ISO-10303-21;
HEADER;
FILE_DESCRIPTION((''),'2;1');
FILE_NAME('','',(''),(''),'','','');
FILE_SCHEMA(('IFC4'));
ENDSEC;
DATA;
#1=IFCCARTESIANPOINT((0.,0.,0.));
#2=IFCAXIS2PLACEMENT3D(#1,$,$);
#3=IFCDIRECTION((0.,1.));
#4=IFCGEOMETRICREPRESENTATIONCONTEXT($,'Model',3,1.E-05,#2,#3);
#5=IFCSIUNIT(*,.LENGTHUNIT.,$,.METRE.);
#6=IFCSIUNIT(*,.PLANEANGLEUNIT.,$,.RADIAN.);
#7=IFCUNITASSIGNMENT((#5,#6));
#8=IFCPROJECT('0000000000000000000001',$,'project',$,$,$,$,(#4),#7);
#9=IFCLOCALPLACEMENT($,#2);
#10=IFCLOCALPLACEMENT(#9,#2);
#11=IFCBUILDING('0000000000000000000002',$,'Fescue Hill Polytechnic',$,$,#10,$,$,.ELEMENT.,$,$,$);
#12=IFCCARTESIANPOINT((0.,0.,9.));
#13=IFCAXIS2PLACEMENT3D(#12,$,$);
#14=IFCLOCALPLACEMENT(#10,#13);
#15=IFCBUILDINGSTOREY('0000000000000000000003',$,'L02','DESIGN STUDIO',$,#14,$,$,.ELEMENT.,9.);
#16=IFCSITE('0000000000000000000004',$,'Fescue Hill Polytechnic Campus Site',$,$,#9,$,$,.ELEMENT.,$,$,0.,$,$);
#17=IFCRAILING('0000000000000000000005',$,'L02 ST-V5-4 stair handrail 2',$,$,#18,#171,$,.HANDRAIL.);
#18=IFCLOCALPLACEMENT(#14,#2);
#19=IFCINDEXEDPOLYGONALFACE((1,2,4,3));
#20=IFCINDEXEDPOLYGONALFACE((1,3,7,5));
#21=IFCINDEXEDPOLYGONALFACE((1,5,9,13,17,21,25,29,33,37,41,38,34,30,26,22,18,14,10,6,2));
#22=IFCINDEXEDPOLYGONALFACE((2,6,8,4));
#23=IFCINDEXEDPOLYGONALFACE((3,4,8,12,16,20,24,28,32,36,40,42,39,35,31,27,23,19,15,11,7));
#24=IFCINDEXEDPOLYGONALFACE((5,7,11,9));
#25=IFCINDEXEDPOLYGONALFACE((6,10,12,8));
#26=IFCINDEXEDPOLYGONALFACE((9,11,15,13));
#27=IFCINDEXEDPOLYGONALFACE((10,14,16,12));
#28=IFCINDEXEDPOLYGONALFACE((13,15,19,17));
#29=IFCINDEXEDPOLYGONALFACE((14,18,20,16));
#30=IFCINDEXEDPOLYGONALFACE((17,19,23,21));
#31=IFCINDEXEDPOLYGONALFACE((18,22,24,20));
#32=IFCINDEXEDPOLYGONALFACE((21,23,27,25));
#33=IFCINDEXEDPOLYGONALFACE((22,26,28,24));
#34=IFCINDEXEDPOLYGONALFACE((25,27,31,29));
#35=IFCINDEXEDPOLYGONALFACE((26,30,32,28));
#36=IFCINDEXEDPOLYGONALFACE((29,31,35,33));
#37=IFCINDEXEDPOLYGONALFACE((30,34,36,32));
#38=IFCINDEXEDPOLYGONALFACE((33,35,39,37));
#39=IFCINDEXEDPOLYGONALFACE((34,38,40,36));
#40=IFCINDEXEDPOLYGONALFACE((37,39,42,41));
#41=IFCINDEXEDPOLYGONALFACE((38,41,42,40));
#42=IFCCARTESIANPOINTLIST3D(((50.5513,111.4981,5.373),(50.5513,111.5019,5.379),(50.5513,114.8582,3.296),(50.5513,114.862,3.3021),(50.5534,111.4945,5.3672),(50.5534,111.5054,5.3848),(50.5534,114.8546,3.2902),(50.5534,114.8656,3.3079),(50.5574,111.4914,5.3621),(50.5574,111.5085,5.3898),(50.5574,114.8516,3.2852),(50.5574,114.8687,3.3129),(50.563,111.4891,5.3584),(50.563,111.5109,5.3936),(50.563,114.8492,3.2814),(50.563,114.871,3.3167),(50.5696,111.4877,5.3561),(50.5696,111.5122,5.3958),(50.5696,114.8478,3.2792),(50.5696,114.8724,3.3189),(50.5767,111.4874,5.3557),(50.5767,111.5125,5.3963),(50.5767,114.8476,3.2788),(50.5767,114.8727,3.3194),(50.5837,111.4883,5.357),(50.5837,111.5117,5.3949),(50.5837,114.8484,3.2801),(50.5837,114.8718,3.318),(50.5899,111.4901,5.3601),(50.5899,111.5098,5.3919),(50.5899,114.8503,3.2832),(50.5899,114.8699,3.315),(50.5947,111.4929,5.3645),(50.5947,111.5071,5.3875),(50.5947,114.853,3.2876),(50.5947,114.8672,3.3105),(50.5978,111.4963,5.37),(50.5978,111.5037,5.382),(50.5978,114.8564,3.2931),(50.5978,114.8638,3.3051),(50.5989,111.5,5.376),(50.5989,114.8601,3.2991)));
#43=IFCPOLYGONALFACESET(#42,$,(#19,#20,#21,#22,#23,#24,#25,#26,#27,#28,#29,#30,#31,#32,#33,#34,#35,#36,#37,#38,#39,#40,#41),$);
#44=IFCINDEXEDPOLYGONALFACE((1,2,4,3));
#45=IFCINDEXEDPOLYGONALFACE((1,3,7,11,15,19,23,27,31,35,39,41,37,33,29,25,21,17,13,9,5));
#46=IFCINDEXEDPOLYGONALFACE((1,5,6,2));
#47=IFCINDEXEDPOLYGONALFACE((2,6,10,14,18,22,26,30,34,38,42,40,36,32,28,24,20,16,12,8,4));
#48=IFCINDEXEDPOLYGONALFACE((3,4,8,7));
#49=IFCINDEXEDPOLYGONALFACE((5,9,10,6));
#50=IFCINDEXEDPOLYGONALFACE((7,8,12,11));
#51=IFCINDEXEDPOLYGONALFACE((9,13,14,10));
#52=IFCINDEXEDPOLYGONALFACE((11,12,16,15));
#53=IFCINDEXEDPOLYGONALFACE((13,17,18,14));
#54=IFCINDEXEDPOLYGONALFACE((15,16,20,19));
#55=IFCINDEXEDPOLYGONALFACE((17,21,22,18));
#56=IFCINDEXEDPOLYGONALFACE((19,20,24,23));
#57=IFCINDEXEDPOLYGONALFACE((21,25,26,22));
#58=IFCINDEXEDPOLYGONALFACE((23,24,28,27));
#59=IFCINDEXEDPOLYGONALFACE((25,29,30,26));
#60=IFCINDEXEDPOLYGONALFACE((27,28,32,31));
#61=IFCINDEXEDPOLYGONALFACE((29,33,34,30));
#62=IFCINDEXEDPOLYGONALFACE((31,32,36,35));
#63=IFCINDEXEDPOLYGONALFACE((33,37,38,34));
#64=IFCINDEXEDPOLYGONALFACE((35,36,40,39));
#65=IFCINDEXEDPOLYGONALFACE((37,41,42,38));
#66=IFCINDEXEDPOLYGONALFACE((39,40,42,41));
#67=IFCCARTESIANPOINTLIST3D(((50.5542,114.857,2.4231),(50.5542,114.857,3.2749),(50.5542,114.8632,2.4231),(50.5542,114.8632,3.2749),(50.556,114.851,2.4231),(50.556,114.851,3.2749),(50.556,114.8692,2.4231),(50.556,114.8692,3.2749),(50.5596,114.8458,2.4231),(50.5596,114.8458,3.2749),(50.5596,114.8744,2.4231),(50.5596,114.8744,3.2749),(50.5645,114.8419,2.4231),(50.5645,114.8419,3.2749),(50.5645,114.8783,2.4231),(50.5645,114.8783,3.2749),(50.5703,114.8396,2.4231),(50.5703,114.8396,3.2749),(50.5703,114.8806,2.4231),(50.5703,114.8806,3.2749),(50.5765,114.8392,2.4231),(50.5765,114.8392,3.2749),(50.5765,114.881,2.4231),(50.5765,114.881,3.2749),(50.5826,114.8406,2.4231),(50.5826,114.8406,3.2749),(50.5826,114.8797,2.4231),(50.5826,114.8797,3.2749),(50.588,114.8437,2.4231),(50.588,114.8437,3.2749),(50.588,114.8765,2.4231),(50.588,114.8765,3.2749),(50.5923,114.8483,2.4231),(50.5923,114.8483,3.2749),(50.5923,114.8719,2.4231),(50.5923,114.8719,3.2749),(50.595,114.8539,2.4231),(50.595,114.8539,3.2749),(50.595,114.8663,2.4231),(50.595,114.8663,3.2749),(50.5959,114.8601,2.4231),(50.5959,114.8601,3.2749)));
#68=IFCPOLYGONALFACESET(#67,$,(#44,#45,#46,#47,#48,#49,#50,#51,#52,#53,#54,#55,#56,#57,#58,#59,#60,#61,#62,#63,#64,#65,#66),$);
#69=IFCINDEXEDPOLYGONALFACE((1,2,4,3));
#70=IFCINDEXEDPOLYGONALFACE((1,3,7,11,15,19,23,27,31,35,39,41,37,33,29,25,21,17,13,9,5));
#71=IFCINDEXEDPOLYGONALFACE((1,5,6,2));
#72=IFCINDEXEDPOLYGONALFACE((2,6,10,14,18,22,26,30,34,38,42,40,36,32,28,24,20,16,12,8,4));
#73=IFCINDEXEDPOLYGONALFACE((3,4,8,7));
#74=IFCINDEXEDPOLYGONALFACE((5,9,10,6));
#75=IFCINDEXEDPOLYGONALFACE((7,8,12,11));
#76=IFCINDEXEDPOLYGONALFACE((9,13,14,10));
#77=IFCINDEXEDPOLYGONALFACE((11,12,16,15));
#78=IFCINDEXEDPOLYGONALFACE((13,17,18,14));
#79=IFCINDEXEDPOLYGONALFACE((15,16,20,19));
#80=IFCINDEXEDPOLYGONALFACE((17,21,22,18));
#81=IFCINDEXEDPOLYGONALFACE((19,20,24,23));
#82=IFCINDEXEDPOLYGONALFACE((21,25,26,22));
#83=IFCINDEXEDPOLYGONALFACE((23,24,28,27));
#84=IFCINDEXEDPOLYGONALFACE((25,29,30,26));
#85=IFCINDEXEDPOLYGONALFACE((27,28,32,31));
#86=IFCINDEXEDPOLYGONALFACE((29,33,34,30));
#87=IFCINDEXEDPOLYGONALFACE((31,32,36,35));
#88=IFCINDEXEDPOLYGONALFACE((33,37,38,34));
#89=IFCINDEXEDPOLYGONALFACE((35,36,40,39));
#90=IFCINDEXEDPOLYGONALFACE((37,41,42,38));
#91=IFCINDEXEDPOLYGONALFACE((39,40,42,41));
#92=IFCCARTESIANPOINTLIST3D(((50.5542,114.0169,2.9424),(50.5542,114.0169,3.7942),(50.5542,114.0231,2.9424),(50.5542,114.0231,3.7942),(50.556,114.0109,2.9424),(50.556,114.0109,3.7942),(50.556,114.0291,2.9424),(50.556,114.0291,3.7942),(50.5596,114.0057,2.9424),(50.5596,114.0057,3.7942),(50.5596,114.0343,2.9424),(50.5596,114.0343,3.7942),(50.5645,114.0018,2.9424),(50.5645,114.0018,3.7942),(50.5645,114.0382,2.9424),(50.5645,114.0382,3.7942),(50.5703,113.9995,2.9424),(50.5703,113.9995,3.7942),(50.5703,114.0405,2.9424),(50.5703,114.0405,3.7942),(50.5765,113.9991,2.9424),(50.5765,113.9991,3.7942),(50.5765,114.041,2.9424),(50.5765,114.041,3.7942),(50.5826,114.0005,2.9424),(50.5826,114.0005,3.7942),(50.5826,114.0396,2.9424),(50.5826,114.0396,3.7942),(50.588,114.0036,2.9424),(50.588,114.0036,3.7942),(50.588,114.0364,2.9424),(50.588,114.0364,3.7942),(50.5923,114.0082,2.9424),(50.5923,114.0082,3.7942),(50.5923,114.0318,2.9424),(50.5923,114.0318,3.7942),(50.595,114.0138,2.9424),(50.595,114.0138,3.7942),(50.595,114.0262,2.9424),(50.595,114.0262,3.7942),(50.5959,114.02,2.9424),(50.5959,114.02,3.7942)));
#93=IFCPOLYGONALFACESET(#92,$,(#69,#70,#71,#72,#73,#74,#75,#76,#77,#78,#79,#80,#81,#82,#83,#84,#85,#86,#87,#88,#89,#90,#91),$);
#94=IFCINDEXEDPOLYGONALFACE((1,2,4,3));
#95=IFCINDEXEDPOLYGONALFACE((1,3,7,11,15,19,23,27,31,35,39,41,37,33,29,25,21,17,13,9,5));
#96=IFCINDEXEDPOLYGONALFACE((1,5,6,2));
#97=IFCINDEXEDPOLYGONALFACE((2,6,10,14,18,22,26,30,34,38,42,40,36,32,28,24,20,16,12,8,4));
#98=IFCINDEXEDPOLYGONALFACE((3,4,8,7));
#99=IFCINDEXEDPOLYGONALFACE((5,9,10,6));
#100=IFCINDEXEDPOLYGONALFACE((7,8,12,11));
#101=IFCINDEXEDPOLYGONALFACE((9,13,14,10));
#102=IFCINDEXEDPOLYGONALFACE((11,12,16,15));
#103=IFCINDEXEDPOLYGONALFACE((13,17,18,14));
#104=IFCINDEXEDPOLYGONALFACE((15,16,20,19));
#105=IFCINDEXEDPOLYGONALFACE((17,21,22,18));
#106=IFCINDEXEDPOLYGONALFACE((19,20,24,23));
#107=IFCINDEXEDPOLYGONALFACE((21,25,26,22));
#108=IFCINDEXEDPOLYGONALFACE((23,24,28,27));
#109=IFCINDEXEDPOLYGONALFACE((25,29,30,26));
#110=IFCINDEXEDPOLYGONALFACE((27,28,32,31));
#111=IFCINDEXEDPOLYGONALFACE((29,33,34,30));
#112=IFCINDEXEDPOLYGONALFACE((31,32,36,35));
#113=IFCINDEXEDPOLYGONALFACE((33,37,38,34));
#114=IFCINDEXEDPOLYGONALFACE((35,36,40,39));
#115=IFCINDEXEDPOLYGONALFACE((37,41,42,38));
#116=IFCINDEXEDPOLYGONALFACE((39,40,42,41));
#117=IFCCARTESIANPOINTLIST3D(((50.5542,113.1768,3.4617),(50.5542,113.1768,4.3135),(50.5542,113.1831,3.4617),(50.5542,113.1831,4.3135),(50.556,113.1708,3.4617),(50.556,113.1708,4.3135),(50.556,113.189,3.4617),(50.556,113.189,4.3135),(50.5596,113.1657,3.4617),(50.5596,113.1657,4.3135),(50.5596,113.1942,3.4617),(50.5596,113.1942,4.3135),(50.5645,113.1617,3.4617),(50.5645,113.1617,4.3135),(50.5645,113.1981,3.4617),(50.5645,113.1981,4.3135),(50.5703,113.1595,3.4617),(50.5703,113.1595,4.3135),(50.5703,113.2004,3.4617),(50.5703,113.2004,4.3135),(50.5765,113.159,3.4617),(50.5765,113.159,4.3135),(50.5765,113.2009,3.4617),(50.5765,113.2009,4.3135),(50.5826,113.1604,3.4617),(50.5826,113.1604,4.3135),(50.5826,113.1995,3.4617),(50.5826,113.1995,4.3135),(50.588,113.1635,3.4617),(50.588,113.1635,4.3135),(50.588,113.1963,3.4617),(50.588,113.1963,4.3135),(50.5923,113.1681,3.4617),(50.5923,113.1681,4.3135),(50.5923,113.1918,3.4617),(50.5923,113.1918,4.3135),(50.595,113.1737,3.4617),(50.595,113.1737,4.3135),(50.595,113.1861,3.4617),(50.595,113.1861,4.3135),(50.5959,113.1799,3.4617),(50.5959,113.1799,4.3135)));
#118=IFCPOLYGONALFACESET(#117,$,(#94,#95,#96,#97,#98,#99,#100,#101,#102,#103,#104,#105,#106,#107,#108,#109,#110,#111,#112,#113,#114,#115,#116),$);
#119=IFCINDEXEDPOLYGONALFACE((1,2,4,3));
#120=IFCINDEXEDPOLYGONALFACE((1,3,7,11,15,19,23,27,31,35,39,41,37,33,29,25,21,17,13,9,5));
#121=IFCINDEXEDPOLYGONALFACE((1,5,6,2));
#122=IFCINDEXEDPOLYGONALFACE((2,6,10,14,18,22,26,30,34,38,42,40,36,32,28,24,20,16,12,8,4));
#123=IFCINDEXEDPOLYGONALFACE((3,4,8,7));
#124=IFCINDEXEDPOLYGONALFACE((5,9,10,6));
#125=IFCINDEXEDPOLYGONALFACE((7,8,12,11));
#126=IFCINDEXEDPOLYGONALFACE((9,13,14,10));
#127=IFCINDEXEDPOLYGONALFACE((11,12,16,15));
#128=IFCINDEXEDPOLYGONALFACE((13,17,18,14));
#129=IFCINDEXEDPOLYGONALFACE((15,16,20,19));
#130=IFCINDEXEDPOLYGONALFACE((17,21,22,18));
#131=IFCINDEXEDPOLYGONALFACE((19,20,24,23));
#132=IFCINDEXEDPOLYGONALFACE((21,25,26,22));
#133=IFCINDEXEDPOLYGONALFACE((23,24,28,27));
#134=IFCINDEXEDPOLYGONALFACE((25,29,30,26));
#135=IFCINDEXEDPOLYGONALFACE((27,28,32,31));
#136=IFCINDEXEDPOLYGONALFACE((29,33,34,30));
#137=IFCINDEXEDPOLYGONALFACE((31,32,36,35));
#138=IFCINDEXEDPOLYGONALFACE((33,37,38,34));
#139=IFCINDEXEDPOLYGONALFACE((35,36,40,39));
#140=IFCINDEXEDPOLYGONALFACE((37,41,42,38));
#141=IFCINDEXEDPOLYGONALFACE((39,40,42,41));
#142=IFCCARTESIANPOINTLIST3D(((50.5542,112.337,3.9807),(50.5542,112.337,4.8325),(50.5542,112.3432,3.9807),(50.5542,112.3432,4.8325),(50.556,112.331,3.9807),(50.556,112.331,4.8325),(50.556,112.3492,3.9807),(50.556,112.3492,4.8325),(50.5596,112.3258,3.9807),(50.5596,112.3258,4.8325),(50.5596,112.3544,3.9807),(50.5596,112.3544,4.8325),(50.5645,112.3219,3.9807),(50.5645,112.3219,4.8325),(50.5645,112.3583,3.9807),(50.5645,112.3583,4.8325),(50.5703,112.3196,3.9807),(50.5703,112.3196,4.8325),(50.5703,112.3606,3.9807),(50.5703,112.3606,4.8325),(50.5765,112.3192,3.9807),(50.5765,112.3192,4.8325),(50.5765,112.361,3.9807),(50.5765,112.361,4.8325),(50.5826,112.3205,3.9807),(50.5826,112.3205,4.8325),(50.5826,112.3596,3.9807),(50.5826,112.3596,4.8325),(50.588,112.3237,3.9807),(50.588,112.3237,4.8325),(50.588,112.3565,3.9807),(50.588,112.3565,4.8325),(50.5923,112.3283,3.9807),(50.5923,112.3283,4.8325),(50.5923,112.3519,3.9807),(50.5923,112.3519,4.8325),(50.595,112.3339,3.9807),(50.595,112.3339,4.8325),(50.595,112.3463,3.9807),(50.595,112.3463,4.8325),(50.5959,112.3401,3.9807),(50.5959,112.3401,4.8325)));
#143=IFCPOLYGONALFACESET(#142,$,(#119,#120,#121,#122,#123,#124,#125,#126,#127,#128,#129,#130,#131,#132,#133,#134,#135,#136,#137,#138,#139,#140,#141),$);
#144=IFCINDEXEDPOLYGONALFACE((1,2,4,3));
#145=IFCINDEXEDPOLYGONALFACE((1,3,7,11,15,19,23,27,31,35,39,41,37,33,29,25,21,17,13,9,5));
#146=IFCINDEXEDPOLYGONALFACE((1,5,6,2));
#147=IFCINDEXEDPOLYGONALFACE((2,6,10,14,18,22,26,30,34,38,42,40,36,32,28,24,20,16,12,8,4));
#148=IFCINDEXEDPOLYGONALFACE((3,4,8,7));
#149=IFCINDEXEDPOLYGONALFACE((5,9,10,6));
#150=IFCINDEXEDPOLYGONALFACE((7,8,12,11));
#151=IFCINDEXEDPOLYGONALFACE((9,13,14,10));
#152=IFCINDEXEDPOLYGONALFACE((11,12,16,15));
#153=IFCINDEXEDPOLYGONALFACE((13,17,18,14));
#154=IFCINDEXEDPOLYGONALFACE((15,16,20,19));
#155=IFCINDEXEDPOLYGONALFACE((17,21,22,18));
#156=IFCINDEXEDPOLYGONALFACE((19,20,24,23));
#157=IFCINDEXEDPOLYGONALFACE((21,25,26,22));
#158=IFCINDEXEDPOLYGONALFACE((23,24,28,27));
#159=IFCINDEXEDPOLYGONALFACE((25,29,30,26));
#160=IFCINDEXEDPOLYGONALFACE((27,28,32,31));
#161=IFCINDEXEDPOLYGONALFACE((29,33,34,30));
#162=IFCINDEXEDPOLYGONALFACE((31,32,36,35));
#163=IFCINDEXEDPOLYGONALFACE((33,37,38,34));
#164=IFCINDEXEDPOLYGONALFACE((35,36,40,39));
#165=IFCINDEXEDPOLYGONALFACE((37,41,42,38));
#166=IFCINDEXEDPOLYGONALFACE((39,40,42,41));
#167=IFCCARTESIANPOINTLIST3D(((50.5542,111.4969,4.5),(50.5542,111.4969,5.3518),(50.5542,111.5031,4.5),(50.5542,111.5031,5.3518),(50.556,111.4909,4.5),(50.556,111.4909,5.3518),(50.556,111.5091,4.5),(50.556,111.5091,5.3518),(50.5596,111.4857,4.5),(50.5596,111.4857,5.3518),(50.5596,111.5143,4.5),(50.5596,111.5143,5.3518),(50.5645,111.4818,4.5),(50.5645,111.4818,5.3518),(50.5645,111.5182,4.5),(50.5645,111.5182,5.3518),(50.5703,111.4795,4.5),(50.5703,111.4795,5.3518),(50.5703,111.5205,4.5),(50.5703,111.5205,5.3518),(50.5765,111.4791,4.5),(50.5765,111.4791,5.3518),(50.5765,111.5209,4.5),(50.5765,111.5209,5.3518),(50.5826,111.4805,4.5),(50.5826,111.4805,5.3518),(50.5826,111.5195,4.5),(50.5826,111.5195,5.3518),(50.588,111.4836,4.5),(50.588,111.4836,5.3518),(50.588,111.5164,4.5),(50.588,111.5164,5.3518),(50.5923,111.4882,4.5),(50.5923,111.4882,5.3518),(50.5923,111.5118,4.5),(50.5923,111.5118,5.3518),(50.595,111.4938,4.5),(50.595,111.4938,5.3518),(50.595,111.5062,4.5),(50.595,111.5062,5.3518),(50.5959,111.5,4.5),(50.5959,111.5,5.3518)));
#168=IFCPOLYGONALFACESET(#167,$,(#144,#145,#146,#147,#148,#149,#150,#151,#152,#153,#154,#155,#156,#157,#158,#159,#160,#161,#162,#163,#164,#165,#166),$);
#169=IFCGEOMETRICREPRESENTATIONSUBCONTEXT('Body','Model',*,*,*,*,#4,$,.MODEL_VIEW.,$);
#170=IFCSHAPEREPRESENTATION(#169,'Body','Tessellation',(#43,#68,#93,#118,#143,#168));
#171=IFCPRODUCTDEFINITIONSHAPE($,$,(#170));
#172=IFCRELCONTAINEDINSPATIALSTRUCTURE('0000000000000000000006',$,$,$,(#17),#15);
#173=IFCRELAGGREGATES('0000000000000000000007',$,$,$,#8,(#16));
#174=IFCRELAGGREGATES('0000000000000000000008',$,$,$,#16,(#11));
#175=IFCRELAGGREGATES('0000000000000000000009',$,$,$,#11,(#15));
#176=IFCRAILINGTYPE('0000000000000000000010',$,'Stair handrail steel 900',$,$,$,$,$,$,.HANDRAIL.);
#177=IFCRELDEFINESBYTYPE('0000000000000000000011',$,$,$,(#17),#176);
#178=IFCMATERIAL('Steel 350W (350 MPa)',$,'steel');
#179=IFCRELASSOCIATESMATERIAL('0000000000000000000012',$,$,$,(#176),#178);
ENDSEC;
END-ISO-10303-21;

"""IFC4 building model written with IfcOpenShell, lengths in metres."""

from ifc_helpers import new_model, si_unit, direction, frame, origin, origin_2d, place, context, subcontext, project, spatial, circle, extrude, material, type_object, element, save


model = new_model("IFC4")

# Units and contexts
model_context = context("Model", 3, precision=1e-05, world=origin(), true_north=direction((0.0, 1.0)))
body_context = subcontext(model_context, "Body", "Model", "MODEL_VIEW")
ifc_project = project(units=[si_unit("LENGTHUNIT", "METRE"), si_unit("PLANEANGLEUNIT", "RADIAN")], contexts=[model_context])

# Site, building, storey
site_placement = place(None, origin())
site = spatial("IfcSite", under=ifc_project, at=site_placement, Name="Fescue Hill Polytechnic Campus Site", CompositionType="ELEMENT", RefElevation=0.0)
building_placement = place(site_placement, origin())
building = spatial("IfcBuilding", under=site, at=building_placement, Name="Fescue Hill Polytechnic", CompositionType="ELEMENT")
storey_placement = place(building_placement, frame((0.0, 0.0, 9.0)))
storey = spatial("IfcBuildingStorey", under=building, at=storey_placement, Name="L02", Description="DESIGN STUDIO", CompositionType="ELEMENT", Elevation=9.0)

# Railing
ifc_material_1 = material(Name="Steel 350W (350 MPa)", Category="steel")
railing_type_1 = type_object("IfcRailingType", Name="Stair handrail steel 900", PredefinedType="HANDRAIL", material=ifc_material_1)
railing_1_placement = place(storey_placement, frame((50.575, 114.8601, 2.4231)))
element("IfcRailing", 1, at=railing_1_placement, inside=storey, type_object=railing_type_1, Name="L02 ST-V5-4 stair handrail 2", PredefinedType="HANDRAIL", context=body_context, shape_type="SweptSolid", body=[
    extrude(circle(Radius=0.0239, at=origin_2d()), frame((0.0, 0.0, 0.876), z_axis=(0.0, -0.850623, 0.525776), x_axis=(1.0, 0.0, 0.0)), (0.0, 0.0, 1.0), 3.9502),
    extrude(circle(Radius=0.021, at=origin_2d()), origin(), (0.0, 0.0, 1.0), 0.8518),
    extrude(circle(Radius=0.021, at=origin_2d()), frame((0.0, -0.8401, 0.5193)), (0.0, 0.0, 1.0), 0.8518),
    extrude(circle(Radius=0.021, at=origin_2d()), frame((0.0, -1.6802, 1.0386)), (0.0, 0.0, 1.0), 0.8518),
    extrude(circle(Radius=0.021, at=origin_2d()), frame((0.0, -2.52, 1.5576)), (0.0, 0.0, 1.0), 0.8518),
    extrude(circle(Radius=0.021, at=origin_2d()), frame((0.0, -3.3601, 2.0769)), (0.0, 0.0, 1.0), 0.8518),
])

save(model, "model.ifc")
